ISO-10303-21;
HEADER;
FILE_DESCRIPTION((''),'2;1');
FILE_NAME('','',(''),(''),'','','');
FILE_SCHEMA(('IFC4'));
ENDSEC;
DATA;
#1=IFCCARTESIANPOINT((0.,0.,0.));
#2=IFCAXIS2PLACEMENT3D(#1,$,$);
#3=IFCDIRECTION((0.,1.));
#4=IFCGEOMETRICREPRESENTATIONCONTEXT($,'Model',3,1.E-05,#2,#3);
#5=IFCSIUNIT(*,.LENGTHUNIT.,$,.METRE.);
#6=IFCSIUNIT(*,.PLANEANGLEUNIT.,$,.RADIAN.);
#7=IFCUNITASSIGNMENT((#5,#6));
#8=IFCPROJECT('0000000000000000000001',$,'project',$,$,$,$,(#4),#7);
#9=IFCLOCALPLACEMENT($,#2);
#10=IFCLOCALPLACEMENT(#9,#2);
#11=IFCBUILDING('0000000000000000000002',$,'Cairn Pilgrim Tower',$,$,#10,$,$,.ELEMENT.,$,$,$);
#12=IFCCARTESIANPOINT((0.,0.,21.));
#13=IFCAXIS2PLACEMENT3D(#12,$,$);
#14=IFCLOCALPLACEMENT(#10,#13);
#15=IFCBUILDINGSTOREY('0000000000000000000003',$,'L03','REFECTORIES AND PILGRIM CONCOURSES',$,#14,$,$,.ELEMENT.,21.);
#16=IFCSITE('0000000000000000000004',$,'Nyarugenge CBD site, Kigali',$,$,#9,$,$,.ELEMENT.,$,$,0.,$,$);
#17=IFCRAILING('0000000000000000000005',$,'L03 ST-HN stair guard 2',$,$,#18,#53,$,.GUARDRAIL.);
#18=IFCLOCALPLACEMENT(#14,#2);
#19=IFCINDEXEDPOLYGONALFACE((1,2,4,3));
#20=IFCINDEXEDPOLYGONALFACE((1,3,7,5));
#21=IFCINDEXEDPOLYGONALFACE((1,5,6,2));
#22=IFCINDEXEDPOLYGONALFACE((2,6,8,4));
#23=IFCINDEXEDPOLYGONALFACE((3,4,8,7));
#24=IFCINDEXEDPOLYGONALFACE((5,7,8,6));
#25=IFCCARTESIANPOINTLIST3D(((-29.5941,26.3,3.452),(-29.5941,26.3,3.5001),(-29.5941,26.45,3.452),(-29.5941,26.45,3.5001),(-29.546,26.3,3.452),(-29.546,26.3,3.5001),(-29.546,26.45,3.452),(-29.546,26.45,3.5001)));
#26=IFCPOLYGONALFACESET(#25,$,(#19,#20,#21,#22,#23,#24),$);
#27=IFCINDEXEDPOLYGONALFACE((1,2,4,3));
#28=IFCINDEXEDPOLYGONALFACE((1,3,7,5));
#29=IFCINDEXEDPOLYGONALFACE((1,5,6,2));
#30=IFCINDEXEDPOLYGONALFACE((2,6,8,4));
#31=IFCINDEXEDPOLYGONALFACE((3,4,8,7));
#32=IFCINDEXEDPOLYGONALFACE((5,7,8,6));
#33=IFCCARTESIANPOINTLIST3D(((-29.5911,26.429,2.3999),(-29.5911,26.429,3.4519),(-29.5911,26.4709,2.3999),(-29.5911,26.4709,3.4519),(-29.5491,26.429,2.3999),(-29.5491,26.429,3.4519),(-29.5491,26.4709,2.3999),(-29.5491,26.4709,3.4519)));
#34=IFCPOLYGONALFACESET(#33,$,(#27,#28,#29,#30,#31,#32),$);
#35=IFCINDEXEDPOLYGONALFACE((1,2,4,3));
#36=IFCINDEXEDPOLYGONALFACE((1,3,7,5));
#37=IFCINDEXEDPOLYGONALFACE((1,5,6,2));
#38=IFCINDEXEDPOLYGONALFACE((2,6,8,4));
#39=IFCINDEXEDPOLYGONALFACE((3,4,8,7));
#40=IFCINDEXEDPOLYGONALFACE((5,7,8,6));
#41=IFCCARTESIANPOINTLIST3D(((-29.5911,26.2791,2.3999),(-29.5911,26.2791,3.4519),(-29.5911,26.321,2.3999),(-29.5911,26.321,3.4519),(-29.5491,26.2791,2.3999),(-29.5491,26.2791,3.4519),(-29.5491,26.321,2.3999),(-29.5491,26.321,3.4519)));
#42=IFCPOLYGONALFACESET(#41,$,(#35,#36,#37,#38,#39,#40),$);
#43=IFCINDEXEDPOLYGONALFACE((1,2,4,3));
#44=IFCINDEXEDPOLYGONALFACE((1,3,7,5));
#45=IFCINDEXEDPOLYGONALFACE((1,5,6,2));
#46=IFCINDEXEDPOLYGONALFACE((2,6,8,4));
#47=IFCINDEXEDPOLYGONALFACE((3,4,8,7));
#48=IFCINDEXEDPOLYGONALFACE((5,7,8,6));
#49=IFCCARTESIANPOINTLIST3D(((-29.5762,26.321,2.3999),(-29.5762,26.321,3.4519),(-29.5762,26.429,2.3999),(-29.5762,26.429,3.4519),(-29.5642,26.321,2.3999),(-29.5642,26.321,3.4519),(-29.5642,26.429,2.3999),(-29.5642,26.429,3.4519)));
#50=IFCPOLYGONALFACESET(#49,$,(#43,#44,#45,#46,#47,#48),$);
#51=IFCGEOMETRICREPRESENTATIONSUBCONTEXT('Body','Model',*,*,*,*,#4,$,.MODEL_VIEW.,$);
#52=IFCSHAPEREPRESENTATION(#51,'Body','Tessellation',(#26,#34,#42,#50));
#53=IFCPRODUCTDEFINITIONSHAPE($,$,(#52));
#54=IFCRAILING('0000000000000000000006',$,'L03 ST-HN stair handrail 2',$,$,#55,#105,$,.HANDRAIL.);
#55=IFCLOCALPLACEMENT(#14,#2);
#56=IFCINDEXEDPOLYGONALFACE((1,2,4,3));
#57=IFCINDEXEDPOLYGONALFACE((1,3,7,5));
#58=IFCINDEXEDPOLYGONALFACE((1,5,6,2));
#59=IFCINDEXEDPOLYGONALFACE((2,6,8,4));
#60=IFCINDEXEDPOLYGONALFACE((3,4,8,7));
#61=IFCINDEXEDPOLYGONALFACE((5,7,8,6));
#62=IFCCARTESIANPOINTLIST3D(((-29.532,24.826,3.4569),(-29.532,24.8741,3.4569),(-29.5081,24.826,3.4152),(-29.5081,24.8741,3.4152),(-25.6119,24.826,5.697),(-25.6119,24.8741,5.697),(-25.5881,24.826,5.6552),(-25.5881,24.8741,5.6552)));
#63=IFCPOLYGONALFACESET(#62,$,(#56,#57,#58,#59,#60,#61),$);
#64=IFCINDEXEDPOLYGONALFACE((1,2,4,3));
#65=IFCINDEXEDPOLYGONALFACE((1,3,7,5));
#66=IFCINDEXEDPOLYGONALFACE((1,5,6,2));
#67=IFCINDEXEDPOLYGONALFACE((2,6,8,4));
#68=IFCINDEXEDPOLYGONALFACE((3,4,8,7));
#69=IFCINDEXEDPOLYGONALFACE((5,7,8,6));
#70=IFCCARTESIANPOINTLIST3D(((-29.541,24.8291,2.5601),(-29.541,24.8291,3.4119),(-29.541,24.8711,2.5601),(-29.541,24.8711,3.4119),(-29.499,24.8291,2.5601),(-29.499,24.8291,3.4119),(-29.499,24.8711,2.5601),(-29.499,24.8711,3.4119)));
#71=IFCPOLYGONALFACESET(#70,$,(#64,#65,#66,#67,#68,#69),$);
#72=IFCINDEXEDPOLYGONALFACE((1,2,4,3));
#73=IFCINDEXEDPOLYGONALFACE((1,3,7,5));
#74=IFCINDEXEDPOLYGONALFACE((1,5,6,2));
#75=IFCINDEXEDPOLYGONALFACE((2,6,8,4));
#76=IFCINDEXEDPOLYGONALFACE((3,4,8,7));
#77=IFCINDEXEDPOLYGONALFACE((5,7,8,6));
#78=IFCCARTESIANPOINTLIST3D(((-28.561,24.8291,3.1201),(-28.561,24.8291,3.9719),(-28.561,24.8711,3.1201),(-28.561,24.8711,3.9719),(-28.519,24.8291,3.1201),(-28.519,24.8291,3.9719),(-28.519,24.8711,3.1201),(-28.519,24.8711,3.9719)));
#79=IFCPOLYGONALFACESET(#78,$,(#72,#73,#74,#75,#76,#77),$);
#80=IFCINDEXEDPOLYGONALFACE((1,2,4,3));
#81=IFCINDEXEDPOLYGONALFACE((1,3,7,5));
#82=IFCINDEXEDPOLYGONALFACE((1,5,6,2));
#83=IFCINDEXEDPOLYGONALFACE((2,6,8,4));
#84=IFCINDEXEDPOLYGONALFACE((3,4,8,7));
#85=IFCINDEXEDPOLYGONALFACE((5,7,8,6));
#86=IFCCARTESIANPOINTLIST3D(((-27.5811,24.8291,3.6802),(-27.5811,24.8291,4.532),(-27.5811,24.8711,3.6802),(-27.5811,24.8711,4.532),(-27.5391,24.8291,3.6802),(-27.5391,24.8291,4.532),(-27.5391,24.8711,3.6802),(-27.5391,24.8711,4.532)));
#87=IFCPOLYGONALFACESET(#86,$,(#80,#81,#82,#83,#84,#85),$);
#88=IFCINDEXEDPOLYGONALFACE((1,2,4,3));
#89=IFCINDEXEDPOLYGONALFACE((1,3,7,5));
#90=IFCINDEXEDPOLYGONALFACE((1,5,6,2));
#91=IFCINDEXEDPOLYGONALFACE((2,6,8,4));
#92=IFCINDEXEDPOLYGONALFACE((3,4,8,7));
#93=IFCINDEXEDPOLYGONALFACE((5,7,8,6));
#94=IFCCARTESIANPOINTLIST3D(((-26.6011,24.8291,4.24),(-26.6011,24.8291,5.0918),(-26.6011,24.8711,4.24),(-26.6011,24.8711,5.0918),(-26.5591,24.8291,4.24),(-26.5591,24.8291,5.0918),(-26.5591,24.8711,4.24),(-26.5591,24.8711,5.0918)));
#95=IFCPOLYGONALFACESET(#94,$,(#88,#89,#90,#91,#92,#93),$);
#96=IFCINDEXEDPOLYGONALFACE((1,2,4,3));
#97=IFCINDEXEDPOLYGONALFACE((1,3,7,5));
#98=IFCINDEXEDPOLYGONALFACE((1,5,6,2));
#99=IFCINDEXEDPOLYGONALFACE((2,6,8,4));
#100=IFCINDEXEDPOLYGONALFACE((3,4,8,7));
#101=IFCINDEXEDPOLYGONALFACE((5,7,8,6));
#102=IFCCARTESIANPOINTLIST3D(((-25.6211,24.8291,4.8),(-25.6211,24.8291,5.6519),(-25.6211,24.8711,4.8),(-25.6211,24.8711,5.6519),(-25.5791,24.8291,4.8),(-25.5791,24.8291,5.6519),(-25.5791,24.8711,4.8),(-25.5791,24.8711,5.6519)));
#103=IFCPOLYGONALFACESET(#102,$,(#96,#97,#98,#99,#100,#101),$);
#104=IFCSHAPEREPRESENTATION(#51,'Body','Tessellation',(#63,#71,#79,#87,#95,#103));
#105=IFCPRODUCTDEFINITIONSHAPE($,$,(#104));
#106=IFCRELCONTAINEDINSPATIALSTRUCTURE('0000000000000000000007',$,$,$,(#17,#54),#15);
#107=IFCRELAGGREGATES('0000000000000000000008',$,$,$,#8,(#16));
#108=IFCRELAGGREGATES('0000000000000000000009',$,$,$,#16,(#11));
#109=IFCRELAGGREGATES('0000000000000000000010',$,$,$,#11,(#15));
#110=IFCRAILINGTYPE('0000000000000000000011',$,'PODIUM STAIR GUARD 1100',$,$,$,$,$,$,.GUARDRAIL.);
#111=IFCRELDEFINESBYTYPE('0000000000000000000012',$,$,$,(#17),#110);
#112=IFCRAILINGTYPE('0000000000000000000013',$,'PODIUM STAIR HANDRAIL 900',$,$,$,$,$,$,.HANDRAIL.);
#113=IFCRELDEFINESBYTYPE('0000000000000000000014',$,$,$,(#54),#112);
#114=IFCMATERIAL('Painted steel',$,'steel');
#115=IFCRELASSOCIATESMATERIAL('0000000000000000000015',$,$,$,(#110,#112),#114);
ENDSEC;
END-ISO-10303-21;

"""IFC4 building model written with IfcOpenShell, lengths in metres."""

from ifc_helpers import new_model, si_unit, direction, frame, origin, origin_2d, place, context, subcontext, project, spatial, polyline, rectangle, outline, extrude, material, type_object, element, save


model = new_model("IFC4")

# Units and contexts
model_context = context("Model", 3, precision=1e-05, world=origin(), true_north=direction((0.0, 1.0)))
body_context = subcontext(model_context, "Body", "Model", "MODEL_VIEW")
ifc_project = project(units=[si_unit("LENGTHUNIT", "METRE"), si_unit("PLANEANGLEUNIT", "RADIAN")], contexts=[model_context])

# Site, building, storey
site_placement = place(None, origin())
site = spatial("IfcSite", under=ifc_project, at=site_placement, Name="Nyarugenge CBD site, Kigali", CompositionType="ELEMENT", RefElevation=0.0)
building_placement = place(site_placement, origin())
building = spatial("IfcBuilding", under=site, at=building_placement, Name="Cairn Pilgrim Tower", CompositionType="ELEMENT")
storey_placement = place(building_placement, frame((0.0, 0.0, 21.0)))
storey = spatial("IfcBuildingStorey", under=building, at=storey_placement, Name="L03", Description="REFECTORIES AND PILGRIM CONCOURSES", CompositionType="ELEMENT", Elevation=21.0)

# Railings
ifc_material_1 = material(Name="Painted steel", Category="steel")
railing_type_1 = type_object("IfcRailingType", Name="PODIUM STAIR GUARD 1100", PredefinedType="GUARDRAIL", material=ifc_material_1)
railing_1_placement = place(storey_placement, frame((-29.5701, 26.45, 2.3999)))
element("IfcRailing", 1, at=railing_1_placement, inside=storey, type_object=railing_type_1, Name="L03 ST-HN stair guard 2", PredefinedType="GUARDRAIL", context=body_context, shape_type="SweptSolid", body=[
    extrude(rectangle(XDim=0.0481, YDim=0.0481, at=origin_2d()), frame((0.0, 0.0, 1.0762), z_axis=(0.0, -1.0, 0.0), x_axis=(1.0, 0.0, 0.0)), (0.0, 0.0, 1.0), 0.1499),
    extrude(rectangle(XDim=0.042, YDim=0.042, at=origin_2d()), origin(), (0.0, 0.0, 1.0), 1.052),
    extrude(rectangle(XDim=0.042, YDim=0.042, at=origin_2d()), frame((0.0, -0.1499, 0.0)), (0.0, 0.0, 1.0), 1.052),
    extrude(outline(polyline([(0.021, 0.0), (0.1289, 0.0), (0.1289, 1.052), (0.021, 1.052), (0.021, 0.0)])), frame((0.0059, 0.0, 0.0), z_axis=(-1.0, 0.0, 0.0), x_axis=(0.0, -1.0, 0.0)), (0.0, 0.0, 1.0), 0.012),
])
railing_type_2 = type_object("IfcRailingType", Name="PODIUM STAIR HANDRAIL 900", PredefinedType="HANDRAIL", material=ifc_material_1)
railing_2_placement = place(storey_placement, frame((-29.52, 24.8501, 2.5601)))
element("IfcRailing", 2, at=railing_2_placement, inside=storey, type_object=railing_type_2, Name="L03 ST-HN stair handrail 2", PredefinedType="HANDRAIL", context=body_context, shape_type="SweptSolid", body=[
    extrude(rectangle(XDim=0.0481, YDim=0.0481, at=origin_2d()), frame((0.0, 0.0, 0.876), z_axis=(0.86824, 0.0, 0.496145), x_axis=(0.0, 1.0, 0.0)), (0.0, 0.0, 1.0), 4.5149),
    extrude(rectangle(XDim=0.042, YDim=0.042, at=origin_2d()), origin(), (0.0, 0.0, 1.0), 0.8518),
    extrude(rectangle(XDim=0.042, YDim=0.042, at=origin_2d()), frame((0.98, 0.0, 0.5601)), (0.0, 0.0, 1.0), 0.8518),
    extrude(rectangle(XDim=0.042, YDim=0.042, at=origin_2d()), frame((1.96, 0.0, 1.1201)), (0.0, 0.0, 1.0), 0.8518),
    extrude(rectangle(XDim=0.042, YDim=0.042, at=origin_2d()), frame((2.9399, 0.0, 1.6799)), (0.0, 0.0, 1.0), 0.8518),
    extrude(rectangle(XDim=0.042, YDim=0.042, at=origin_2d()), frame((3.9199, 0.0, 2.24)), (0.0, 0.0, 1.0), 0.8518),
])

save(model, "model.ifc")
